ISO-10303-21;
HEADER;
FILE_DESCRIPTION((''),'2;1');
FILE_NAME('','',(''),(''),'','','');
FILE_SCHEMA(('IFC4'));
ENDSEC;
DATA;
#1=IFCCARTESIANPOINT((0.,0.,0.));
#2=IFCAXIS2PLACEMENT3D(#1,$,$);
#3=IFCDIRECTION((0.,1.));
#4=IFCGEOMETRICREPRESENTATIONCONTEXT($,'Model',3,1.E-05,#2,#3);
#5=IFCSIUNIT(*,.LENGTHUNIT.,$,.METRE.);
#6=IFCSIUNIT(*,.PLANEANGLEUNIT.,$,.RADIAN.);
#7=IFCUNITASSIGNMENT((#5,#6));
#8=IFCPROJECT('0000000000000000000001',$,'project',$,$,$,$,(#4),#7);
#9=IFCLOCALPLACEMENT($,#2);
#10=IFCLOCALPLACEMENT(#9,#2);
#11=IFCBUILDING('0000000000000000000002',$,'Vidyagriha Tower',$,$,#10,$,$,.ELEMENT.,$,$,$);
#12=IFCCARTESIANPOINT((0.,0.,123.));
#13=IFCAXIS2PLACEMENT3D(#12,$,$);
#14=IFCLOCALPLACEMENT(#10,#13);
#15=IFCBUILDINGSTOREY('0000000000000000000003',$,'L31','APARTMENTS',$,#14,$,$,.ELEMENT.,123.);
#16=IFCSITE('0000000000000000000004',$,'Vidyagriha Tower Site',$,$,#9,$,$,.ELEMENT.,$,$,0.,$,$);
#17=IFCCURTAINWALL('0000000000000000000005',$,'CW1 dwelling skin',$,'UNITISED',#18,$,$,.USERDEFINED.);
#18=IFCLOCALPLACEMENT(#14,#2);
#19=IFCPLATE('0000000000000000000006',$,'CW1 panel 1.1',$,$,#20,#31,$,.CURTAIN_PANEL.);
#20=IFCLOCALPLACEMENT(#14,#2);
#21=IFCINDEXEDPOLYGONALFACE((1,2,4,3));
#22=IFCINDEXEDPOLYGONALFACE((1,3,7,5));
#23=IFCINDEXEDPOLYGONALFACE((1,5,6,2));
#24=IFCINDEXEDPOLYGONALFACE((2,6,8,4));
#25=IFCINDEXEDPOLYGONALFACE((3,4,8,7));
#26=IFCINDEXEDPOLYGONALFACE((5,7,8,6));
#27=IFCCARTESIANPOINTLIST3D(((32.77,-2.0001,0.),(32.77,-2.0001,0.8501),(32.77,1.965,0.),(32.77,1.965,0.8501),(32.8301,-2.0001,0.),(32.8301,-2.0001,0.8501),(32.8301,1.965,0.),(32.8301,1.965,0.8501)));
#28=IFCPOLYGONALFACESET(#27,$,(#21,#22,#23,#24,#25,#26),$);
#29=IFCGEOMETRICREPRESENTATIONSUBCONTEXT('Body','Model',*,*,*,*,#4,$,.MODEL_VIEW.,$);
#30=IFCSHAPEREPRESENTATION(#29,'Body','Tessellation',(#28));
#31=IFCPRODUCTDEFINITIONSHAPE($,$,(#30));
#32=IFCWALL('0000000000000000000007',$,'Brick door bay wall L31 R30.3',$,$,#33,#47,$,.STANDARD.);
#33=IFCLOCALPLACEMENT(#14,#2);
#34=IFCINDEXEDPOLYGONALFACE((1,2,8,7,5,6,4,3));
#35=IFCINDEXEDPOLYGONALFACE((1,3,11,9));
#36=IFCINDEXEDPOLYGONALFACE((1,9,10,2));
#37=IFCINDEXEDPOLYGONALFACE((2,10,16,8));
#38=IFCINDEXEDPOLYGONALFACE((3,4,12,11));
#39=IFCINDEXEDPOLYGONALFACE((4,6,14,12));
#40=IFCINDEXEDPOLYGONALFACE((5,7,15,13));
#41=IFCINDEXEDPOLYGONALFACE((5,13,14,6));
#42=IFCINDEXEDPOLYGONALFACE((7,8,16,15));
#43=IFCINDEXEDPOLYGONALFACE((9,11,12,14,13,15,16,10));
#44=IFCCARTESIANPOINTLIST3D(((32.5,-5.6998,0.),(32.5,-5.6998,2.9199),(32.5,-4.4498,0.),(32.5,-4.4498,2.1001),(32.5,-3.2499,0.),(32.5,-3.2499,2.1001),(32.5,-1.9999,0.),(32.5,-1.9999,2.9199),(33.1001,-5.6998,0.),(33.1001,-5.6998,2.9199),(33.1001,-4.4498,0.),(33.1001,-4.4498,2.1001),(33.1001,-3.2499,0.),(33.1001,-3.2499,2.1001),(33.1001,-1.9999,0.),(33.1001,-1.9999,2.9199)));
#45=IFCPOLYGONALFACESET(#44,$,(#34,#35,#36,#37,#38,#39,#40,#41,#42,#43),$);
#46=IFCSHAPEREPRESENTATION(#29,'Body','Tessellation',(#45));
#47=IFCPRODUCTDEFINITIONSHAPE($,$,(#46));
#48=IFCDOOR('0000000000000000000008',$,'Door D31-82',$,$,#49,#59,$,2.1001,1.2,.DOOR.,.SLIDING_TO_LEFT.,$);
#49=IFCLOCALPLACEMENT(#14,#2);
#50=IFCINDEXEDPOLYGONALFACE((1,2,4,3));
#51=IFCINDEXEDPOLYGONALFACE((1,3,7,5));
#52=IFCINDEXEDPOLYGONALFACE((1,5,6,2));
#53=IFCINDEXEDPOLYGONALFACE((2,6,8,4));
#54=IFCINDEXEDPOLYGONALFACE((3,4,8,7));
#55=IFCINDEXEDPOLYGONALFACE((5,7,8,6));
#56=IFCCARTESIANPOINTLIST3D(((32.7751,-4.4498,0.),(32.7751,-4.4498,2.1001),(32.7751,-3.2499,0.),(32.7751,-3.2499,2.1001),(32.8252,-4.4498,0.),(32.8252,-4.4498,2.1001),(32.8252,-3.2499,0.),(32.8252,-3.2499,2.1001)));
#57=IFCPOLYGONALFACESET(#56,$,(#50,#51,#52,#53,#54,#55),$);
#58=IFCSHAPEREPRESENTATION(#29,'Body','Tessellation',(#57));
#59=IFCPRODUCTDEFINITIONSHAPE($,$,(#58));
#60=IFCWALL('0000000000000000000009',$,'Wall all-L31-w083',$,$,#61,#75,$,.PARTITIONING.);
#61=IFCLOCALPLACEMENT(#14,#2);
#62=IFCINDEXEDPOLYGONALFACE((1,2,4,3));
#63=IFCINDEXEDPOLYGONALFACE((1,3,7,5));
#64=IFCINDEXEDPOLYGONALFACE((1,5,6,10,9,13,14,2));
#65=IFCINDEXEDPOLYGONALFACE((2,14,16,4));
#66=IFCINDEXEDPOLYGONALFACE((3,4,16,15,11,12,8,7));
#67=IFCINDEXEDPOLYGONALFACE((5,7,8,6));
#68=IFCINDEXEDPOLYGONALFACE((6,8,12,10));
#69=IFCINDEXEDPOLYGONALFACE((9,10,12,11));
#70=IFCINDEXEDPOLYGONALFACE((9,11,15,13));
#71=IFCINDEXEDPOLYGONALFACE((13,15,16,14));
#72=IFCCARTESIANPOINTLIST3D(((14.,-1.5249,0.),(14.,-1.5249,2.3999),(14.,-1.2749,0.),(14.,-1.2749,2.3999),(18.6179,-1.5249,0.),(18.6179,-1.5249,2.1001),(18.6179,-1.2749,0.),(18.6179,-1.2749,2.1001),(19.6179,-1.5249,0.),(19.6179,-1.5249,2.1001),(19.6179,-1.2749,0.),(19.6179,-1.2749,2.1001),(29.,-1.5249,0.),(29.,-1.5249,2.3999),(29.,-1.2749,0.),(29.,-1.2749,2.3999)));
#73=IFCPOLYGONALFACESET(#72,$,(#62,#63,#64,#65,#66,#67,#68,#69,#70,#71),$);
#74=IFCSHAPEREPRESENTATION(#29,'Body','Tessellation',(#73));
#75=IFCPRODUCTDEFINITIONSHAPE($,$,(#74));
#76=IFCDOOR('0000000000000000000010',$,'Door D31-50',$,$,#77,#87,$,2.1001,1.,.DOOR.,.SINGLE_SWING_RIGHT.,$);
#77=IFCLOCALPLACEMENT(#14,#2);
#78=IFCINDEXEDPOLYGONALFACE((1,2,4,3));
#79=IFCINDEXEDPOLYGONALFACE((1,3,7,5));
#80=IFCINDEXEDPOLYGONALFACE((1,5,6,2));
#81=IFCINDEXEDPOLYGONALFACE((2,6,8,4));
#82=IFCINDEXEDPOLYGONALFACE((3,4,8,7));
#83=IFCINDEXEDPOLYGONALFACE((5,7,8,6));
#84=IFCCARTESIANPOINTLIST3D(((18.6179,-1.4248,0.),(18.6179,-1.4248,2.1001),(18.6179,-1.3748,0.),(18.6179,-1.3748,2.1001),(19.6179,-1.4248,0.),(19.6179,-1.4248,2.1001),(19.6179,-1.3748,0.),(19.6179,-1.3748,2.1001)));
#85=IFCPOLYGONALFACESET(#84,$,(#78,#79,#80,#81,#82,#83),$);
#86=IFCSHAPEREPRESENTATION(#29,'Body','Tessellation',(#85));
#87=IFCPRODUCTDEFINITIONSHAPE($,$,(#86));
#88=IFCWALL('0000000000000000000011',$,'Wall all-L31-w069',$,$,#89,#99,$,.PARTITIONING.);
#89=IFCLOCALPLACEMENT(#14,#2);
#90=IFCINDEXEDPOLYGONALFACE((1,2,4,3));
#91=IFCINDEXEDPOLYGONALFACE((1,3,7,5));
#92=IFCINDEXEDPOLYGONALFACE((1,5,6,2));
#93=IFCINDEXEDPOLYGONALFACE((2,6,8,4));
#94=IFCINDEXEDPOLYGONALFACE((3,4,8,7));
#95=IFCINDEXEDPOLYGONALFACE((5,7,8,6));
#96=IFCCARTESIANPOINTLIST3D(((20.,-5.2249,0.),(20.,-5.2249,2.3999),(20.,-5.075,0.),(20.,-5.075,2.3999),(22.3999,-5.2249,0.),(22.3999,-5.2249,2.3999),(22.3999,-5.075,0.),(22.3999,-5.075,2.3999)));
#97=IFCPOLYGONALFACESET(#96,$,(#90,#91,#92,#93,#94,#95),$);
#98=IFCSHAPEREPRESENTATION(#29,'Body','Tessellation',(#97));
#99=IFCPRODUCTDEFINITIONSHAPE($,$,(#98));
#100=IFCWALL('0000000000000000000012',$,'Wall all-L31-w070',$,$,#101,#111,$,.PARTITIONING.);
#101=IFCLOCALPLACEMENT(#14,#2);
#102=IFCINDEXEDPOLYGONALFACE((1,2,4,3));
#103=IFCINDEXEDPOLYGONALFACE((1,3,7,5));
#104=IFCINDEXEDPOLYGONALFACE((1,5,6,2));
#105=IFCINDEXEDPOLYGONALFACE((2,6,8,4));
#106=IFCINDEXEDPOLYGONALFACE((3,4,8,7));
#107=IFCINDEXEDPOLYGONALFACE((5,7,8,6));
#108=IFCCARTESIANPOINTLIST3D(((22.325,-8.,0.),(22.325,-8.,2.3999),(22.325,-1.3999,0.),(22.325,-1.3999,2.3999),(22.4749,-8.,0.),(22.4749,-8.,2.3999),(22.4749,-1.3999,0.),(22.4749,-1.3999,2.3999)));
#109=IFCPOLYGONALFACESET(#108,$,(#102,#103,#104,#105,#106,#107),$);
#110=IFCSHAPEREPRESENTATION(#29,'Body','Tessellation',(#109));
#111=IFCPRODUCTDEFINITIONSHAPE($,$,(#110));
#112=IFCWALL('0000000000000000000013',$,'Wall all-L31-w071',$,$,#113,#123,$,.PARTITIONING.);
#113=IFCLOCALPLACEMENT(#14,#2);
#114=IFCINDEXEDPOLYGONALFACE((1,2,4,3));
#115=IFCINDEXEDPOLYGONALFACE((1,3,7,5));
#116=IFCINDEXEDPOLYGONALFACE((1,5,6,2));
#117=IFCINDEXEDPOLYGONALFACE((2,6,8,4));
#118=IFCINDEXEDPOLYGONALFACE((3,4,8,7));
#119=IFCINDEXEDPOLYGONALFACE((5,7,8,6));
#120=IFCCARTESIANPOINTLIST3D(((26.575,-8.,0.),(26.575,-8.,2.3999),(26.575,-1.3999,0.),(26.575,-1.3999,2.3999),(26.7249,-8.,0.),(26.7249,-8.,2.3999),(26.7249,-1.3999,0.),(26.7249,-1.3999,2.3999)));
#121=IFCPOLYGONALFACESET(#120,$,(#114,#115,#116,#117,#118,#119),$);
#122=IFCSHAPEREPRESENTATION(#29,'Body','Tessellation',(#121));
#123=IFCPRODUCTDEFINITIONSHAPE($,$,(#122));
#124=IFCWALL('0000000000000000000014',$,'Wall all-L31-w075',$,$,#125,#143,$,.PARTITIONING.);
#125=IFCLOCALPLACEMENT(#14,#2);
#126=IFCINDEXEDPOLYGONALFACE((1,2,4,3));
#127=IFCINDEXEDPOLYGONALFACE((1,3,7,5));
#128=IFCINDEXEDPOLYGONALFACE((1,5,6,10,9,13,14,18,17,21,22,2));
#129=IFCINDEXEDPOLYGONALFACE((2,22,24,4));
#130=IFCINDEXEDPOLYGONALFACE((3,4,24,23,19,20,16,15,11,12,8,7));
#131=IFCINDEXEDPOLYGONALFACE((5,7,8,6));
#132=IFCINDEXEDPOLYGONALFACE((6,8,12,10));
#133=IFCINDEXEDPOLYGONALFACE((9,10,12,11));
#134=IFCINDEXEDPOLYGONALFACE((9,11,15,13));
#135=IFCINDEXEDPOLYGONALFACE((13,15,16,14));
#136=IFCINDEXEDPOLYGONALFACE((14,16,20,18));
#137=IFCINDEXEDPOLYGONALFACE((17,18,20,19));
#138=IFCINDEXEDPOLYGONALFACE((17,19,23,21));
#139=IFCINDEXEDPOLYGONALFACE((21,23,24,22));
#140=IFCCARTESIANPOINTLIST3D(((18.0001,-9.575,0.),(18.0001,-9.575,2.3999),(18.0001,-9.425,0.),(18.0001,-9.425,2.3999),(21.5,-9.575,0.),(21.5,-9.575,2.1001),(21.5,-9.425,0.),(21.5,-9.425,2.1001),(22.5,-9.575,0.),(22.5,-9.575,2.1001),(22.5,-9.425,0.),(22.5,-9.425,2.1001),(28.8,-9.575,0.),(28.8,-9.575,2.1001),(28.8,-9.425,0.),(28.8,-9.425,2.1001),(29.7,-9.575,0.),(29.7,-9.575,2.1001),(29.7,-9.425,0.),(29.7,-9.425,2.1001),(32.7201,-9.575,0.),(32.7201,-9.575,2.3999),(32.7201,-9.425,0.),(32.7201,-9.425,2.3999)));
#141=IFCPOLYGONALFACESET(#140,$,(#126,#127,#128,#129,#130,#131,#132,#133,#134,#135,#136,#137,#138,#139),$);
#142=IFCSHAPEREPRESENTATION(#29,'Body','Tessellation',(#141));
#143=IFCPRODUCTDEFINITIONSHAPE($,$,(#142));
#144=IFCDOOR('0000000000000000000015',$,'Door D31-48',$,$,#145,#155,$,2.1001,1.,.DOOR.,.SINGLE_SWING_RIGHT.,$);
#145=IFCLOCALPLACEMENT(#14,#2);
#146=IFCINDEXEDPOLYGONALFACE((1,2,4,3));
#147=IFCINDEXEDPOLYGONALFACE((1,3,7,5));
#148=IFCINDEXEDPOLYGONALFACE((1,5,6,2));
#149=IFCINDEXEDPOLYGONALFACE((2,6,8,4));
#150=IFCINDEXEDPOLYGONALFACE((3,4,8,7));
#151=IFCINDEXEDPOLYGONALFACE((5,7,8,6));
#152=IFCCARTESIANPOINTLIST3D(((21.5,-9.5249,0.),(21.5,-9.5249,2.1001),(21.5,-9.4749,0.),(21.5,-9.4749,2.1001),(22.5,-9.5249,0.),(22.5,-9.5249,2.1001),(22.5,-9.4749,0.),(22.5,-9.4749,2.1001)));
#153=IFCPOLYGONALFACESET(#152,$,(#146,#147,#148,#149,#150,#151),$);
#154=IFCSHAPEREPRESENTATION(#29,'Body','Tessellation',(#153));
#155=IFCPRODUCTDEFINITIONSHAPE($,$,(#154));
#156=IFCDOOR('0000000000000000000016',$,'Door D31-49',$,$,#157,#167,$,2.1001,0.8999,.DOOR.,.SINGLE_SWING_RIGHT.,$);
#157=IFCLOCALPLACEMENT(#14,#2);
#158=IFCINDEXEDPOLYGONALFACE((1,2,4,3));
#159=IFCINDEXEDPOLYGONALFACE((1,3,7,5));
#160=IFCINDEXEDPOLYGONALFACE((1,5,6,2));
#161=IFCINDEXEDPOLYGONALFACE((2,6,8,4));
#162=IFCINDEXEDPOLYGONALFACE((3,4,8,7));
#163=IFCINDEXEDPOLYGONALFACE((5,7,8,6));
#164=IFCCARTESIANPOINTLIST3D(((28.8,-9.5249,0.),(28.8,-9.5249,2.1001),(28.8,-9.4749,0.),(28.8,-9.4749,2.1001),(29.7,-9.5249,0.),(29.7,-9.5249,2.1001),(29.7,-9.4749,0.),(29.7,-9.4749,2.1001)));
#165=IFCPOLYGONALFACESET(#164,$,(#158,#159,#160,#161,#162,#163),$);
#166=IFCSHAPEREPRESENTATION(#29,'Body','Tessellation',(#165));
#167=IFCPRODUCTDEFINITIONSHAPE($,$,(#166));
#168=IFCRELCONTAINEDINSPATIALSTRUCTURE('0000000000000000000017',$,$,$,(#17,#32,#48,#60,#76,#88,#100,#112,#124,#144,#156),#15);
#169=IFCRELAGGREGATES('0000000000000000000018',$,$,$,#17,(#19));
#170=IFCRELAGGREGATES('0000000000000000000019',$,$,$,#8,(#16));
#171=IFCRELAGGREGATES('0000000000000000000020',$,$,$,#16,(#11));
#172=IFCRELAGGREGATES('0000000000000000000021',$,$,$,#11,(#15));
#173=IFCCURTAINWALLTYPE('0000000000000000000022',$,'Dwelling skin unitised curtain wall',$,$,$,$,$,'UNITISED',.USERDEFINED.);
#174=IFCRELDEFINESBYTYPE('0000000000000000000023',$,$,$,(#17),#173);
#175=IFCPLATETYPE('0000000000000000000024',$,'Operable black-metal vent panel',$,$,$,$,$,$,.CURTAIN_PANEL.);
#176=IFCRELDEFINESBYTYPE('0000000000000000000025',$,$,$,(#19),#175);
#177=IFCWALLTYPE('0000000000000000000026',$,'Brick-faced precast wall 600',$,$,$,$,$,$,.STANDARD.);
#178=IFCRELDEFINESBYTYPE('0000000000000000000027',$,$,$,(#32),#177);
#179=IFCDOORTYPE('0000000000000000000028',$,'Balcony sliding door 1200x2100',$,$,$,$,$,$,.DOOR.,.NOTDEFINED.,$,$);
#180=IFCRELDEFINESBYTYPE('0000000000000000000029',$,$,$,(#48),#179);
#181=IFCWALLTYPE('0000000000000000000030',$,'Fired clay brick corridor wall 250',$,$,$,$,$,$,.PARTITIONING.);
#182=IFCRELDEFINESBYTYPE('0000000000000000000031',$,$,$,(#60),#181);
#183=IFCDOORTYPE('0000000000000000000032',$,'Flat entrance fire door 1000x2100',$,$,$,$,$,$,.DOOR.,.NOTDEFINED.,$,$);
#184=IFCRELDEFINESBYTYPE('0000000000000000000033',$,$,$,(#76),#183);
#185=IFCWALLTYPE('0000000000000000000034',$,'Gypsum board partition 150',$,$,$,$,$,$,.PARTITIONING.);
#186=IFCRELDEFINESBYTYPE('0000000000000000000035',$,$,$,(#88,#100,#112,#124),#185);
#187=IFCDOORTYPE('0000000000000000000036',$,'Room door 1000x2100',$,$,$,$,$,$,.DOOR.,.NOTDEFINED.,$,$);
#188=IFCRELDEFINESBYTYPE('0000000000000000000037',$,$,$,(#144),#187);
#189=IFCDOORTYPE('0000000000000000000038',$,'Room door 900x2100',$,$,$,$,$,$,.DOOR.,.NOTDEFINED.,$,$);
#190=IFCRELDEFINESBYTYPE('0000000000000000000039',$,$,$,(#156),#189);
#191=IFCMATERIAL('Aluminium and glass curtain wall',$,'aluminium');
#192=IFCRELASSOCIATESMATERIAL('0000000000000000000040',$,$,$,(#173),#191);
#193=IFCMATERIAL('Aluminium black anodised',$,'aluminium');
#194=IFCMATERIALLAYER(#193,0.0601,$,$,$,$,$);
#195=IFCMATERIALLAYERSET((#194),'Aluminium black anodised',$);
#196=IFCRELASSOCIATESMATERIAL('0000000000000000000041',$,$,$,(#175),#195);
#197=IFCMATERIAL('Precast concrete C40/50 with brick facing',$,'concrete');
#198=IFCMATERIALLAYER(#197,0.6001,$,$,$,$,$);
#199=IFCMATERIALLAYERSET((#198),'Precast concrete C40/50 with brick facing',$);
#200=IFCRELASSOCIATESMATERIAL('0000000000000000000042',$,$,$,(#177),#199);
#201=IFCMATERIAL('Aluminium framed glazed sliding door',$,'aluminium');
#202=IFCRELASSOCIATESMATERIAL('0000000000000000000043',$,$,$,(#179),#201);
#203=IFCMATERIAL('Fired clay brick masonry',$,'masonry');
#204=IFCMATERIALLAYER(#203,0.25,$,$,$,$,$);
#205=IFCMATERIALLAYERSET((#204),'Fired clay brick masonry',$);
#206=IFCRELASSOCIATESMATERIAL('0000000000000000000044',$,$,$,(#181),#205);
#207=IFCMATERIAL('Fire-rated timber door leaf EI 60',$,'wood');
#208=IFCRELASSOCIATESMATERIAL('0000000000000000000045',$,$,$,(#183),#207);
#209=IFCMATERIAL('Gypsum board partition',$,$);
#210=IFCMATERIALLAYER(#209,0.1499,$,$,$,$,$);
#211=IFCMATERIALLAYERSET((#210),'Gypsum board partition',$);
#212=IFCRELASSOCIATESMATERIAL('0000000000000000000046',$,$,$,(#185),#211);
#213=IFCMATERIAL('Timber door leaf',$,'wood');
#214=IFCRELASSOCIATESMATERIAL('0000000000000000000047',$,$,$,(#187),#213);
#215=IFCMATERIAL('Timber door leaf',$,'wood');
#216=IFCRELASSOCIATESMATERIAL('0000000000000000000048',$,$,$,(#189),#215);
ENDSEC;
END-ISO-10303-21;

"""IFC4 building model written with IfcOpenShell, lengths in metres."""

from ifc_helpers import new_model, si_unit, direction, frame, frame_2d, origin, origin_2d, place, context, subcontext, project, spatial, rectangle, extrude, material, layer, layer_set, type_object, element, fill, aggregate, save


model = new_model("IFC4")

# Units and contexts
model_context = context("Model", 3, precision=1e-05, world=origin(), true_north=direction((0.0, 1.0)))
body_context = subcontext(model_context, "Body", "Model", "MODEL_VIEW")
ifc_project = project(units=[si_unit("LENGTHUNIT", "METRE"), si_unit("PLANEANGLEUNIT", "RADIAN")], contexts=[model_context])

# Site, building, storey
site_placement = place(None, origin())
site = spatial("IfcSite", under=ifc_project, at=site_placement, Name="Vidyagriha Tower Site", CompositionType="ELEMENT", RefElevation=0.0)
building_placement = place(site_placement, origin())
building = spatial("IfcBuilding", under=site, at=building_placement, Name="Vidyagriha Tower", CompositionType="ELEMENT")
storey_placement = place(building_placement, frame((0.0, 0.0, 123.0)))
storey = spatial("IfcBuildingStorey", under=building, at=storey_placement, Name="L31", Description="APARTMENTS", CompositionType="ELEMENT", Elevation=123.0)

# Shared definitions
ifc_material_1 = material(Name="Aluminium and glass curtain wall", Category="aluminium")
curtain_wall_type = type_object("IfcCurtainWallType", Name="Dwelling skin unitised curtain wall", ElementType="UNITISED", PredefinedType="USERDEFINED", material=ifc_material_1)

# Curtain wall
curtain_wall_1_placement = place(storey_placement, origin())
curtain_wall_1 = element("IfcCurtainWall", 1, at=curtain_wall_1_placement, inside=storey, type_object=curtain_wall_type, Name="CW1 dwelling skin", ObjectType="UNITISED", PredefinedType="USERDEFINED")

# Plate
ifc_material_2 = material(Name="Aluminium black anodised", Category="aluminium")
ifc_layer_1 = layer(ifc_material_2, 0.0601)
ifc_layer_set_1 = layer_set([ifc_layer_1], Name="Aluminium black anodised")
plate_type_1 = type_object("IfcPlateType", Name="Operable black-metal vent panel", PredefinedType="CURTAIN_PANEL", material=ifc_layer_set_1)
plate_1_placement = place(storey_placement, frame((32.8, -0.0176, 0.0), z_axis=(0.0, 0.0, 1.0), x_axis=(0.0, 1.0, 0.0)))
plate_1 = element("IfcPlate", 2, at=plate_1_placement, type_object=plate_type_1, Name="CW1 panel 1.1", PredefinedType="CURTAIN_PANEL", context=body_context, shape_type="SweptSolid", body=[
    extrude(rectangle(XDim=3.9651, YDim=0.0601, at=origin_2d()), origin(), (0.0, 0.0, 1.0), 0.8501),
])
aggregate(curtain_wall_1, [plate_1])

# Walls, openings, doors
ifc_material_3 = material(Name="Precast concrete C40/50 with brick facing", Category="concrete")
ifc_layer_2 = layer(ifc_material_3, 0.6001)
ifc_layer_set_2 = layer_set([ifc_layer_2], Name="Precast concrete C40/50 with brick facing")
wall_type_1 = type_object("IfcWallType", Name="Brick-faced precast wall 600", PredefinedType="STANDARD", material=ifc_layer_set_2)
wall_1_placement = place(storey_placement, frame((32.8, -5.7, 0.0), z_axis=(0.0, 0.0, 1.0), x_axis=(0.0, 1.0, 0.0)))
wall_1 = element("IfcWall", 3, at=wall_1_placement, inside=storey, type_object=wall_type_1, Name="Brick door bay wall L31 R30.3", PredefinedType="STANDARD", context=body_context, shape_type="SweptSolid", body=[
    extrude(rectangle(XDim=3.7, YDim=0.6001, at=frame_2d((1.8501, 0.0))), origin(), (0.0, 0.0, 1.0), 2.9199),
])
opening_1_placement = place(wall_1_placement, frame((1.25, 0.0, 0.0)))
opening_1 = element("IfcOpeningElement", 4, at=opening_1_placement, cuts=wall_1, PredefinedType="OPENING", context=body_context, shape_type="SweptSolid", body=[
    extrude(rectangle(XDim=1.2, YDim=2.1001, at=frame_2d((0.6001, 1.05))), frame((0.0, 0.3101, 0.0), z_axis=(0.0, -1.0, 0.0), x_axis=(1.0, 0.0, 0.0)), (0.0, 0.0, 1.0), 0.6201),
])
ifc_material_4 = material(Name="Aluminium framed glazed sliding door", Category="aluminium")
door_type_1 = type_object("IfcDoorType", Name="Balcony sliding door 1200x2100", OperationType="NOTDEFINED", PredefinedType="DOOR", material=ifc_material_4)
door_1_placement = place(opening_1_placement, origin())
door_1 = element("IfcDoor", 5, at=door_1_placement, inside=storey, type_object=door_type_1, Name="Door D31-82", OperationType="SLIDING_TO_LEFT", OverallHeight=2.1001, OverallWidth=1.2, PredefinedType="DOOR", context=body_context, shape_type="SweptSolid", body=[
    extrude(rectangle(XDim=1.2, YDim=2.1001, at=frame_2d((0.6001, 1.05))), frame((0.0, 0.0249, 0.0), z_axis=(0.0, -1.0, 0.0), x_axis=(1.0, 0.0, 0.0)), (0.0, 0.0, 1.0), 0.05),
])
fill(opening_1, door_1)
ifc_material_5 = material(Name="Fired clay brick masonry", Category="masonry")
ifc_layer_3 = layer(ifc_material_5, 0.25)
ifc_layer_set_3 = layer_set([ifc_layer_3], Name="Fired clay brick masonry")
wall_type_2 = type_object("IfcWallType", Name="Fired clay brick corridor wall 250", PredefinedType="PARTITIONING", material=ifc_layer_set_3)
wall_2_placement = place(storey_placement, frame((29.0, -1.3999, 0.0), z_axis=(0.0, 0.0, 1.0), x_axis=(-1.0, 0.0, 0.0)))
wall_2 = element("IfcWall", 6, at=wall_2_placement, inside=storey, type_object=wall_type_2, Name="Wall all-L31-w083", PredefinedType="PARTITIONING", context=body_context, shape_type="SweptSolid", body=[
    extrude(rectangle(XDim=15.0, YDim=0.25, at=frame_2d((7.5, 0.0))), origin(), (0.0, 0.0, 1.0), 2.3999),
])
opening_2_placement = place(wall_2_placement, frame((9.3821, 0.0, 0.0)))
opening_2 = element("IfcOpeningElement", 7, at=opening_2_placement, cuts=wall_2, PredefinedType="OPENING", context=body_context, shape_type="SweptSolid", body=[
    extrude(rectangle(XDim=1.0, YDim=2.1001, at=frame_2d((0.5, 1.05))), frame((0.0, 0.135, 0.0), z_axis=(0.0, -1.0, 0.0), x_axis=(1.0, 0.0, 0.0)), (0.0, 0.0, 1.0), 0.27),
])
ifc_material_6 = material(Name="Fire-rated timber door leaf EI 60", Category="wood")
door_type_2 = type_object("IfcDoorType", Name="Flat entrance fire door 1000x2100", OperationType="NOTDEFINED", PredefinedType="DOOR", material=ifc_material_6)
door_2_placement = place(opening_2_placement, origin())
door_2 = element("IfcDoor", 8, at=door_2_placement, inside=storey, type_object=door_type_2, Name="Door D31-50", OperationType="SINGLE_SWING_RIGHT", OverallHeight=2.1001, OverallWidth=1.0, PredefinedType="DOOR", context=body_context, shape_type="SweptSolid", body=[
    extrude(rectangle(XDim=1.0, YDim=2.1001, at=frame_2d((0.5, 1.05))), frame((0.0, 0.0249, 0.0), z_axis=(0.0, -1.0, 0.0), x_axis=(1.0, 0.0, 0.0)), (0.0, 0.0, 1.0), 0.05),
])
fill(opening_2, door_2)

# Walls
ifc_material_7 = material(Name="Gypsum board partition")
ifc_layer_4 = layer(ifc_material_7, 0.1499)
ifc_layer_set_4 = layer_set([ifc_layer_4], Name="Gypsum board partition")
wall_type_3 = type_object("IfcWallType", Name="Gypsum board partition 150", PredefinedType="PARTITIONING", material=ifc_layer_set_4)
wall_3_placement = place(storey_placement, frame((22.3999, -5.1499, 0.0), z_axis=(0.0, 0.0, 1.0), x_axis=(-1.0, 0.0, 0.0)))
element("IfcWall", 9, at=wall_3_placement, inside=storey, type_object=wall_type_3, Name="Wall all-L31-w069", PredefinedType="PARTITIONING", context=body_context, shape_type="SweptSolid", body=[
    extrude(rectangle(XDim=2.3999, YDim=0.1499, at=frame_2d((1.2, 0.0))), origin(), (0.0, 0.0, 1.0), 2.3999),
])
for number, where, z_axis, x_axis, name in (
    (10, (22.3999, -1.3999, 0.0), (0.0, 0.0, 1.0), (0.0, -1.0, 0.0), "Wall all-L31-w070"),
    (11, (26.6499, -1.3999, 0.0), (0.0, 0.0, 1.0), (0.0, -1.0, 0.0), "Wall all-L31-w071"),
):
    element("IfcWall", number, at=place(storey_placement, frame(where, z_axis=z_axis, x_axis=x_axis)), inside=storey, type_object=wall_type_3, Name=name, PredefinedType="PARTITIONING", context=body_context, shape_type="SweptSolid", body=[
        extrude(rectangle(XDim=6.6001, YDim=0.1499, at=frame_2d((3.3, 0.0))), origin(), (0.0, 0.0, 1.0), 2.3999),
    ])

# Wall, openings, doors
wall_4_placement = place(storey_placement, frame((32.72, -9.5, 0.0), z_axis=(0.0, 0.0, 1.0), x_axis=(-1.0, 0.0, 0.0)))
wall_4 = element("IfcWall", 12, at=wall_4_placement, inside=storey, type_object=wall_type_3, Name="Wall all-L31-w075", PredefinedType="PARTITIONING", context=body_context, shape_type="SweptSolid", body=[
    extrude(rectangle(XDim=14.72, YDim=0.1499, at=frame_2d((7.3599, 0.0))), origin(), (0.0, 0.0, 1.0), 2.3999),
])
opening_3_placement = place(wall_4_placement, frame((10.22, 0.0, 0.0)))
opening_3 = element("IfcOpeningElement", 13, at=opening_3_placement, cuts=wall_4, PredefinedType="OPENING", context=body_context, shape_type="SweptSolid", body=[
    extrude(rectangle(XDim=1.0, YDim=2.1001, at=frame_2d((0.5, 1.05))), frame((0.0, 0.085, 0.0), z_axis=(0.0, -1.0, 0.0), x_axis=(1.0, 0.0, 0.0)), (0.0, 0.0, 1.0), 0.1699),
])
opening_4_placement = place(wall_4_placement, frame((3.02, 0.0, 0.0)))
opening_4 = element("IfcOpeningElement", 14, at=opening_4_placement, cuts=wall_4, PredefinedType="OPENING", context=body_context, shape_type="SweptSolid", body=[
    extrude(rectangle(XDim=0.8999, YDim=2.1001, at=frame_2d((0.45, 1.05))), frame((0.0, 0.085, 0.0), z_axis=(0.0, -1.0, 0.0), x_axis=(1.0, 0.0, 0.0)), (0.0, 0.0, 1.0), 0.1699),
])
ifc_material_8 = material(Name="Timber door leaf", Category="wood")
door_type_3 = type_object("IfcDoorType", Name="Room door 1000x2100", OperationType="NOTDEFINED", PredefinedType="DOOR", material=ifc_material_8)
door_3_placement = place(opening_3_placement, origin())
door_3 = element("IfcDoor", 15, at=door_3_placement, inside=storey, type_object=door_type_3, Name="Door D31-48", OperationType="SINGLE_SWING_RIGHT", OverallHeight=2.1001, OverallWidth=1.0, PredefinedType="DOOR", context=body_context, shape_type="SweptSolid", body=[
    extrude(rectangle(XDim=1.0, YDim=2.1001, at=frame_2d((0.5, 1.05))), frame((0.0, 0.0249, 0.0), z_axis=(0.0, -1.0, 0.0), x_axis=(1.0, 0.0, 0.0)), (0.0, 0.0, 1.0), 0.05),
])
fill(opening_3, door_3)
ifc_material_9 = material(Name="Timber door leaf", Category="wood")
door_type_4 = type_object("IfcDoorType", Name="Room door 900x2100", OperationType="NOTDEFINED", PredefinedType="DOOR", material=ifc_material_9)
door_4_placement = place(opening_4_placement, origin())
door_4 = element("IfcDoor", 16, at=door_4_placement, inside=storey, type_object=door_type_4, Name="Door D31-49", OperationType="SINGLE_SWING_RIGHT", OverallHeight=2.1001, OverallWidth=0.8999, PredefinedType="DOOR", context=body_context, shape_type="SweptSolid", body=[
    extrude(rectangle(XDim=0.8999, YDim=2.1001, at=frame_2d((0.45, 1.05))), frame((0.0, 0.0249, 0.0), z_axis=(0.0, -1.0, 0.0), x_axis=(1.0, 0.0, 0.0)), (0.0, 0.0, 1.0), 0.05),
])
fill(opening_4, door_4)

save(model, "model.ifc")
